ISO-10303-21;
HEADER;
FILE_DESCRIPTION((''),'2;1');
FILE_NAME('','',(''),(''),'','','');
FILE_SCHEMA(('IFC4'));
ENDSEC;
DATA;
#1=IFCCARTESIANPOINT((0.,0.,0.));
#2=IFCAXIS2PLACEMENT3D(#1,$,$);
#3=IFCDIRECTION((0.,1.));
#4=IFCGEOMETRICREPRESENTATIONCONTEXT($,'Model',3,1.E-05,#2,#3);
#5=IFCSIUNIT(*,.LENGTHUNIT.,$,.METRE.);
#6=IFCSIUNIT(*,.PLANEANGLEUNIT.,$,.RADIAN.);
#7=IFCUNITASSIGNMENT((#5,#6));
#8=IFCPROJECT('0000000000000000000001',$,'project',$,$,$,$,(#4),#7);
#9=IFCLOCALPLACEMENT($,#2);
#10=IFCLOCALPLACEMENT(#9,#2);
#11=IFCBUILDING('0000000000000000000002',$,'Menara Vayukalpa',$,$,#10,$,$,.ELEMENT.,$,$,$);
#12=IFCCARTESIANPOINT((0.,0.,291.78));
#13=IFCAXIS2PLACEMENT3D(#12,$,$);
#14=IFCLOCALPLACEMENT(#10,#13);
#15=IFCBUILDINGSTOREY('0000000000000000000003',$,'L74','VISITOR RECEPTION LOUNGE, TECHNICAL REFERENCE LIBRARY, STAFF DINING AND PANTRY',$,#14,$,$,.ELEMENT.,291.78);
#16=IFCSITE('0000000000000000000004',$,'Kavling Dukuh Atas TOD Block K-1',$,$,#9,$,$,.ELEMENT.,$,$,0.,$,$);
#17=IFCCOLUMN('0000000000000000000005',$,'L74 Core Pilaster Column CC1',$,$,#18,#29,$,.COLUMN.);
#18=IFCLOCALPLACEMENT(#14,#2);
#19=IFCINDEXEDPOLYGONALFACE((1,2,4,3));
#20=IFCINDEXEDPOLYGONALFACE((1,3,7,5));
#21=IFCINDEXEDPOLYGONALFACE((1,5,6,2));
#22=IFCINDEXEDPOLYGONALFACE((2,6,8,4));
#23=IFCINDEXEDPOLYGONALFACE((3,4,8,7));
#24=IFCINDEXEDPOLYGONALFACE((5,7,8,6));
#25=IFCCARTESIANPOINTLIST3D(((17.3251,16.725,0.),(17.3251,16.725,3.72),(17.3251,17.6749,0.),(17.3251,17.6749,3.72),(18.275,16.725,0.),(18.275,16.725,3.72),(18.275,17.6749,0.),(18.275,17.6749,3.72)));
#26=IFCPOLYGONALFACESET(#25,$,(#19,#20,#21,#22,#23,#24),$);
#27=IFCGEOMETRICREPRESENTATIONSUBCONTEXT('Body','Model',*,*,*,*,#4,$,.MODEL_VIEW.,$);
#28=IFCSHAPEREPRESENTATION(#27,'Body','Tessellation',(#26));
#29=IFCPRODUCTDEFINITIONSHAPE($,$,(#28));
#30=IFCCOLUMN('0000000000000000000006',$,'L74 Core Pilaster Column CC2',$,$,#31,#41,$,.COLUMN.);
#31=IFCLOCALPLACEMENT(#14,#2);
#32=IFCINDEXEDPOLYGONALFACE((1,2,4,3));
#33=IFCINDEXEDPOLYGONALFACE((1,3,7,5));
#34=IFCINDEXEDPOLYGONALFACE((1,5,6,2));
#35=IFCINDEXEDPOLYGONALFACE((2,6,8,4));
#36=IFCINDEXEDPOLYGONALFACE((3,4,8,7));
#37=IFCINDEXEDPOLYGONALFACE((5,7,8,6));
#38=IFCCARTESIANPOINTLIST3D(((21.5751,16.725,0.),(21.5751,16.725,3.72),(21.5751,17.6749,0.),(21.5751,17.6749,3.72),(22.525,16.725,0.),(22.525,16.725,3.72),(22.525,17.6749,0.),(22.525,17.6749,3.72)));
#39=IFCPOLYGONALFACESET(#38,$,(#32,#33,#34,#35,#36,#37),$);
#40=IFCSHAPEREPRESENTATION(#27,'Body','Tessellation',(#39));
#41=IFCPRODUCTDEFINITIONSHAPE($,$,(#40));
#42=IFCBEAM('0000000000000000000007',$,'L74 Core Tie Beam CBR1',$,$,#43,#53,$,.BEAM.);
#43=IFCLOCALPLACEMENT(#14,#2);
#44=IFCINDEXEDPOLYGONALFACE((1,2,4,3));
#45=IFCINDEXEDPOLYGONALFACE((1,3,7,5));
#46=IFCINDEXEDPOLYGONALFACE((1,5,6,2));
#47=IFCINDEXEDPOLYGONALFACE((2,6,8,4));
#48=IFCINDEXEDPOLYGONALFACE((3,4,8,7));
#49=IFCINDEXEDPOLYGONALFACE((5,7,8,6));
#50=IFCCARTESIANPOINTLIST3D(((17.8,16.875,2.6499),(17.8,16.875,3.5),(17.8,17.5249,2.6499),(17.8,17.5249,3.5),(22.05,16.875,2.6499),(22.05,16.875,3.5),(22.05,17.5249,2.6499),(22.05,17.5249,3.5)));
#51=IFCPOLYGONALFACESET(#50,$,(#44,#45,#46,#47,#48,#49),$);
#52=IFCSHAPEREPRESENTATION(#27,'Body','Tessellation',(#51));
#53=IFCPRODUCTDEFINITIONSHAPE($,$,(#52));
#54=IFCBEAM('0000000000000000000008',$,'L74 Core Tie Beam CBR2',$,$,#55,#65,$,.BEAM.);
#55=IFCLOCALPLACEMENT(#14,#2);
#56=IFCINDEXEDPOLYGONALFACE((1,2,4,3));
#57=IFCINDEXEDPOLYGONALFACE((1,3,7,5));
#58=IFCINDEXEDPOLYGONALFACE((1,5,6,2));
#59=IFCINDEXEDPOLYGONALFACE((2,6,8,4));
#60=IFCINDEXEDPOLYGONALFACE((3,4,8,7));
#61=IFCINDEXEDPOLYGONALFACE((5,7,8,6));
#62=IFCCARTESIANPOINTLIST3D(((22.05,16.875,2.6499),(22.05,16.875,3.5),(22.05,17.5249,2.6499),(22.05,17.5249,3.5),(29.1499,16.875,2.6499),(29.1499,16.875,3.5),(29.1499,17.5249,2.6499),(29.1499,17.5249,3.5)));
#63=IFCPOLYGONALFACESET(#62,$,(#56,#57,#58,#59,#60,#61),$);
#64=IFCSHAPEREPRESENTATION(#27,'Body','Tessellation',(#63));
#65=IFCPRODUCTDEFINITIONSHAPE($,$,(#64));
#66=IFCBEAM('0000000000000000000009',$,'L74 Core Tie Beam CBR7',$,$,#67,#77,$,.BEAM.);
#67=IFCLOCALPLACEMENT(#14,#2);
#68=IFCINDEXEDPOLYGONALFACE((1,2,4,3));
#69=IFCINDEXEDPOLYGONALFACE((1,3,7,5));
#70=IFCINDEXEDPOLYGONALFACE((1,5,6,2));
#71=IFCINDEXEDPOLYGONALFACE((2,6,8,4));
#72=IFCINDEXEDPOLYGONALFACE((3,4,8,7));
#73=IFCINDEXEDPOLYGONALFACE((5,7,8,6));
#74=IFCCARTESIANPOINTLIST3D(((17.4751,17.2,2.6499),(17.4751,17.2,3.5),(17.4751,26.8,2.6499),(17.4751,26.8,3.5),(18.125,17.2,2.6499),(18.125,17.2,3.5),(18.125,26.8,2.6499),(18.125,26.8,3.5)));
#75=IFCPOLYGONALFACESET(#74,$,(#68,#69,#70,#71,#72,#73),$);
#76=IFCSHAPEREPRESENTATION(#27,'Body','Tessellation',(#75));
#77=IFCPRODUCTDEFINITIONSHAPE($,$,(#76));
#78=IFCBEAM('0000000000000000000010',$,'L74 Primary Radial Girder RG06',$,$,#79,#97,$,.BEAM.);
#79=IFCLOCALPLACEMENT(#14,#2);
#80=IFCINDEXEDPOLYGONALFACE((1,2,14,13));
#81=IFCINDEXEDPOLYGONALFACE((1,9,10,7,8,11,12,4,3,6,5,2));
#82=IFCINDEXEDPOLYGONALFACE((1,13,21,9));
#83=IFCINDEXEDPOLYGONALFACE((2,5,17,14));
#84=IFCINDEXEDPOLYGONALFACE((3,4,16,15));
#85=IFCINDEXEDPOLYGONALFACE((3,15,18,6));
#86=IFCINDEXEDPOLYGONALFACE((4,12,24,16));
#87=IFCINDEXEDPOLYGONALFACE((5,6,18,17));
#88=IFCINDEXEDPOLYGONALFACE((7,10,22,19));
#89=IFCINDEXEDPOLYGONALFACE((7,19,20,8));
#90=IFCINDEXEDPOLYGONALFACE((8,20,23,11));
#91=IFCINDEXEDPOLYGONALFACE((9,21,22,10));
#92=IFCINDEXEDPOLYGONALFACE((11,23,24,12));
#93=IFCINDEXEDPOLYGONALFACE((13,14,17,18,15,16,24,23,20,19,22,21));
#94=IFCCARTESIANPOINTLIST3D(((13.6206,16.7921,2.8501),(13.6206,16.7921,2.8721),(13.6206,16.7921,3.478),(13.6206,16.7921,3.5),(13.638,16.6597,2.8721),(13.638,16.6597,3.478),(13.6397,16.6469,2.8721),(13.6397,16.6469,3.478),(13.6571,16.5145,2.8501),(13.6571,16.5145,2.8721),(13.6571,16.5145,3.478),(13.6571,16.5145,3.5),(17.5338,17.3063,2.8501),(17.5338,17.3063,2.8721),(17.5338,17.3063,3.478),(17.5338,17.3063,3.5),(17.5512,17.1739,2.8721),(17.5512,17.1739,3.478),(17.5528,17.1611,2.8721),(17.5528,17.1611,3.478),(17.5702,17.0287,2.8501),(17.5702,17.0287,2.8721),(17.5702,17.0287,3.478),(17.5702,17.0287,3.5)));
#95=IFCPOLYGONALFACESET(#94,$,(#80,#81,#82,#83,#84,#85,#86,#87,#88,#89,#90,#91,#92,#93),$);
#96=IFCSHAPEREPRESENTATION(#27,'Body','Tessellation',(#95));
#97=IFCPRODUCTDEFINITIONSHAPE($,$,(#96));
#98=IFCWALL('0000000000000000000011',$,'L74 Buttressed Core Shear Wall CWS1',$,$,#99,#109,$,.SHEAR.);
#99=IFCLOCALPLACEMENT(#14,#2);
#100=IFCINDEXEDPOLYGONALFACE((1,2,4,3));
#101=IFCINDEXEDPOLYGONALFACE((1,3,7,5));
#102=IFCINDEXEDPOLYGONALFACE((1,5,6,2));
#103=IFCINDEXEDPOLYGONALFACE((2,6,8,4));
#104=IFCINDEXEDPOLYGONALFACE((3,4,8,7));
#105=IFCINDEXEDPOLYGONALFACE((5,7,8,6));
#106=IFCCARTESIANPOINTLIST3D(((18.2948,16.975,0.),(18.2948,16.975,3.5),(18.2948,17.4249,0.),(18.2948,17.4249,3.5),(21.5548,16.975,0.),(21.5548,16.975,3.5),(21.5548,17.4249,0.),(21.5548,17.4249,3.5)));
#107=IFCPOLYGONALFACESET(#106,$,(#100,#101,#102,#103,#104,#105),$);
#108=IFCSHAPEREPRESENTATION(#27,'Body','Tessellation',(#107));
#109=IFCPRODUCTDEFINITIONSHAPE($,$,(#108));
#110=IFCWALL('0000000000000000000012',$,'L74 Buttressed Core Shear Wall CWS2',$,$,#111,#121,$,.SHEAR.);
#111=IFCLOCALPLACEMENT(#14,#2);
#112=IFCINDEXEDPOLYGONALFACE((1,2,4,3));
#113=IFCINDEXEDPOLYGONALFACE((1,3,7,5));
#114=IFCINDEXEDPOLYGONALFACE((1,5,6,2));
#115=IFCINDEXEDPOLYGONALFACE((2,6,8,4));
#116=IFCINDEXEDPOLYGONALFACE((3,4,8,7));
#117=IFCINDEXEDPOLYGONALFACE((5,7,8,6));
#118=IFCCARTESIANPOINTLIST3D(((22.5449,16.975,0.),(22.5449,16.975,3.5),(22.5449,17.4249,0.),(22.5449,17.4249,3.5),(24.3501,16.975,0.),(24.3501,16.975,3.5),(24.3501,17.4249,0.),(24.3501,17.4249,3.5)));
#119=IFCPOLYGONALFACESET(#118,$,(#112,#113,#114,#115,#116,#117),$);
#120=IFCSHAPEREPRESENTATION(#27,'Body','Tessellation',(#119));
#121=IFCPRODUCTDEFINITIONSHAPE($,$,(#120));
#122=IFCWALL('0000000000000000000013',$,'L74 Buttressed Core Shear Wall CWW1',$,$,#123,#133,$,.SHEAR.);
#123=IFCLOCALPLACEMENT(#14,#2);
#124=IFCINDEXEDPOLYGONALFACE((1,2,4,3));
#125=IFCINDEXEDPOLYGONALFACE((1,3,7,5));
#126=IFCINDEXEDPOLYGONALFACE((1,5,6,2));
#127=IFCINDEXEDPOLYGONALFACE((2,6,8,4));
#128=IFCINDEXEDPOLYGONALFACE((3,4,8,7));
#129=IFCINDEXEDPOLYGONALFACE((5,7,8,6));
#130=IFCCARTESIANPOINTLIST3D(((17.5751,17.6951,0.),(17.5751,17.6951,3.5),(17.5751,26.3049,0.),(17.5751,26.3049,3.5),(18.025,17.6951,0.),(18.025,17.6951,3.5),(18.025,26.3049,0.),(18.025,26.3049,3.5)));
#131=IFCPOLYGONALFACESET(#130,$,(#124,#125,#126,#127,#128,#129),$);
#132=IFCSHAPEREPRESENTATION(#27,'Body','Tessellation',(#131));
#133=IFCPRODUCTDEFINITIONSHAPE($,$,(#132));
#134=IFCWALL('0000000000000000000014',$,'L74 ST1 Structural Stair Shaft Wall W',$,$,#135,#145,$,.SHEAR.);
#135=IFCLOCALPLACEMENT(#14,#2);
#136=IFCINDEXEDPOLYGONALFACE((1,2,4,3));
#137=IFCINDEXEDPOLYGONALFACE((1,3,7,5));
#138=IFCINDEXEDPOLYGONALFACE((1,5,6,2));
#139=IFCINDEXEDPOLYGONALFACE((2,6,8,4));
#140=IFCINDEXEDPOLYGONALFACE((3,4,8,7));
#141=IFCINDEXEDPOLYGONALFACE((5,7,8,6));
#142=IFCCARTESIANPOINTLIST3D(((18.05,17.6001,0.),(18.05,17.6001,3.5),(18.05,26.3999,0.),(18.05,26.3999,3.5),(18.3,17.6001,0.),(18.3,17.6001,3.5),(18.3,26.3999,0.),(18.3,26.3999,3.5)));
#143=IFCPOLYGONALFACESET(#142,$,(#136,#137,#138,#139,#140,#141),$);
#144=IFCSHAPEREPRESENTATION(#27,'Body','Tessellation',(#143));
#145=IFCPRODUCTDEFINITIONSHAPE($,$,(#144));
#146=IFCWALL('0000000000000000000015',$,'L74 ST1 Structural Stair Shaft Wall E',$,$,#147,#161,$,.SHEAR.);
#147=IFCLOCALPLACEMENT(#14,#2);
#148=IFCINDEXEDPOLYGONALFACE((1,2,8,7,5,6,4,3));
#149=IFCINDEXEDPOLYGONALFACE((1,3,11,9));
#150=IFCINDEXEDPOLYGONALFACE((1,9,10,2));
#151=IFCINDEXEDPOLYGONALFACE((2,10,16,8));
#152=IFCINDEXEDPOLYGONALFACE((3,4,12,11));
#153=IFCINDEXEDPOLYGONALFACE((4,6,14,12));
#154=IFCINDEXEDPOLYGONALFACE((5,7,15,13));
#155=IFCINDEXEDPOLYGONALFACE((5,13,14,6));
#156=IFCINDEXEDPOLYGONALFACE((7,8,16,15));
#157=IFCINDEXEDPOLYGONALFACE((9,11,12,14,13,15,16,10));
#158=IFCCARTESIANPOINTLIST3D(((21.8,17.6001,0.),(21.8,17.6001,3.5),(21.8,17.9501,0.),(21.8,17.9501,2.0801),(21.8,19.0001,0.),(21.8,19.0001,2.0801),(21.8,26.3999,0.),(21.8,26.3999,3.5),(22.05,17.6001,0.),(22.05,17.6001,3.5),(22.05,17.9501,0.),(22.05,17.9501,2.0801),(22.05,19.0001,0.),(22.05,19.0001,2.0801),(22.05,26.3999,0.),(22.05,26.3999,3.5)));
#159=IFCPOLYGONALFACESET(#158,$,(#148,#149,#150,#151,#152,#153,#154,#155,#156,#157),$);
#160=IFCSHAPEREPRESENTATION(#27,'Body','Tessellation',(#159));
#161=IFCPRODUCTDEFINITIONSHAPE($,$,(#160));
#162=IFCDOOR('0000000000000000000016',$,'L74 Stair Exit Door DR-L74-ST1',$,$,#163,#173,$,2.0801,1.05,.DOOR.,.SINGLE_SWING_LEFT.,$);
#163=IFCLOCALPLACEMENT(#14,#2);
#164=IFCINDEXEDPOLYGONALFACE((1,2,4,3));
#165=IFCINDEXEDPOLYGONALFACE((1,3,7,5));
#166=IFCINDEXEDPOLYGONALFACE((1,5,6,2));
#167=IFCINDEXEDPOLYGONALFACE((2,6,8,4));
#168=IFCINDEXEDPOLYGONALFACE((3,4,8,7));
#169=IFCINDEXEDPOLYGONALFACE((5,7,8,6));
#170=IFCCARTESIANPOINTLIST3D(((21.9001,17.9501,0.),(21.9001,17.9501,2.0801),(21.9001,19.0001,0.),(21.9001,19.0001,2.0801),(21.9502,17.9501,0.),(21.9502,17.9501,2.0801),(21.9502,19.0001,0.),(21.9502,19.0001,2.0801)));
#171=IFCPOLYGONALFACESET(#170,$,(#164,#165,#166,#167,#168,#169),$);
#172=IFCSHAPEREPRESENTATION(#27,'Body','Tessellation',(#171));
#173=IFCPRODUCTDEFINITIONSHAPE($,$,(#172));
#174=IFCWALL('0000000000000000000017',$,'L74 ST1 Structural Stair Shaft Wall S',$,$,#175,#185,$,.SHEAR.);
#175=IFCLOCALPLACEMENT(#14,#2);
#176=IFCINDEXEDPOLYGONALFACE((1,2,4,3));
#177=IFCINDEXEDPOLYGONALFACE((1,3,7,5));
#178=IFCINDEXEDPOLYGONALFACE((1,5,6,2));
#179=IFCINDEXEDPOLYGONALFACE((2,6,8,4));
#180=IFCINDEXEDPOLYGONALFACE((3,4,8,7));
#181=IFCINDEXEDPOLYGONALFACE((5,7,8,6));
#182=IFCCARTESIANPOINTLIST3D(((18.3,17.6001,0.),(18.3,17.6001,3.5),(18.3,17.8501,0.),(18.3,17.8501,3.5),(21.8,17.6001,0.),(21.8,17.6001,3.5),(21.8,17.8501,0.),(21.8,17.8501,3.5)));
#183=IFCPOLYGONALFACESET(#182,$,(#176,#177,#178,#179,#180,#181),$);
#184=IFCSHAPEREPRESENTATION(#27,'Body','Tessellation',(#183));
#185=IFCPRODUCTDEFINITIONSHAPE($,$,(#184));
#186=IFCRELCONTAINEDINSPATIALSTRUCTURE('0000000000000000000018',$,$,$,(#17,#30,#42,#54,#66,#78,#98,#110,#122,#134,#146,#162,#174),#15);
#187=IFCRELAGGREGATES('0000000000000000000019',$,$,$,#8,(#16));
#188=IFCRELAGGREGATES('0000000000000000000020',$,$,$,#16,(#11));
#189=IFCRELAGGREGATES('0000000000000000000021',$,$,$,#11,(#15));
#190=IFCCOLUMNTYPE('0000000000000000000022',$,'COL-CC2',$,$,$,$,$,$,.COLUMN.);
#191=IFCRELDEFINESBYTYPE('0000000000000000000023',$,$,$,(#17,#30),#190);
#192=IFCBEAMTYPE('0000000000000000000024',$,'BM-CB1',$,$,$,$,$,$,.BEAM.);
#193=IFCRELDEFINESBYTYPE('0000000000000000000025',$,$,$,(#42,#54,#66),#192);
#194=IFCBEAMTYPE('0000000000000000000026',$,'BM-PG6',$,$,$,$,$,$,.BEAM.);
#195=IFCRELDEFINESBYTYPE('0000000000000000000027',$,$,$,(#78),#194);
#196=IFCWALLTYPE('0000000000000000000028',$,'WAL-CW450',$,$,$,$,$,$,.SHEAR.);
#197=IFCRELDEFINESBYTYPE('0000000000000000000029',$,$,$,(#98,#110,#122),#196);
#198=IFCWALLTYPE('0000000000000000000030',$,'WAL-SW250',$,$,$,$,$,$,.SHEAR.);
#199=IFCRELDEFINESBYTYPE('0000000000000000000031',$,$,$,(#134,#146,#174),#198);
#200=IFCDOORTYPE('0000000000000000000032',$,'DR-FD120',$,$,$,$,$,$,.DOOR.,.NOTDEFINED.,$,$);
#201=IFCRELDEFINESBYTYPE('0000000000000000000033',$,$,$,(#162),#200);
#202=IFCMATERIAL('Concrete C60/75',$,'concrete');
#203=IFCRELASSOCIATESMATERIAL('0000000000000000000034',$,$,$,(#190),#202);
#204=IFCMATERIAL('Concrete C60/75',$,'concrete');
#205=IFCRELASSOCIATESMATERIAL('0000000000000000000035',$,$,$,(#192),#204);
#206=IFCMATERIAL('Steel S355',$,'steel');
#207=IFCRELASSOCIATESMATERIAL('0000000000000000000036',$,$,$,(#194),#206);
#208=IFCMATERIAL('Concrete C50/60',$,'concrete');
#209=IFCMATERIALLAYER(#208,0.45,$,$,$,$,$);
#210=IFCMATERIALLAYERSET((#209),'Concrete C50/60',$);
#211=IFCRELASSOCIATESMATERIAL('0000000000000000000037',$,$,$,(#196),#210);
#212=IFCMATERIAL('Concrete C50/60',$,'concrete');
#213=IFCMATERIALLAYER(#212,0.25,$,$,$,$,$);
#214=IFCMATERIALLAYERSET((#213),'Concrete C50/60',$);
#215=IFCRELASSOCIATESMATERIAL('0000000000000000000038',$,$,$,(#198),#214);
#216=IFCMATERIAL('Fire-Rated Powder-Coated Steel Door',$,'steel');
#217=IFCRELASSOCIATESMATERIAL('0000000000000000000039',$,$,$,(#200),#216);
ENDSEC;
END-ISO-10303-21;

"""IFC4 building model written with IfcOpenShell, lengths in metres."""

from ifc_helpers import new_model, si_unit, direction, frame, frame_2d, origin, origin_2d, place, context, subcontext, project, spatial, rectangle, i_section, extrude, material, layer, layer_set, material_profile, profile_set, type_object, element, fill, save


model = new_model("IFC4")

# Units and contexts
model_context = context("Model", 3, precision=1e-05, world=origin(), true_north=direction((0.0, 1.0)))
body_context = subcontext(model_context, "Body", "Model", "MODEL_VIEW")
ifc_project = project(units=[si_unit("LENGTHUNIT", "METRE"), si_unit("PLANEANGLEUNIT", "RADIAN")], contexts=[model_context])

# Site, building, storey
site_placement = place(None, origin())
site = spatial("IfcSite", under=ifc_project, at=site_placement, Name="Kavling Dukuh Atas TOD Block K-1", CompositionType="ELEMENT", RefElevation=0.0)
building_placement = place(site_placement, origin())
building = spatial("IfcBuilding", under=site, at=building_placement, Name="Menara Vayukalpa", CompositionType="ELEMENT")
storey_placement = place(building_placement, frame((0.0, 0.0, 291.78)))
storey = spatial("IfcBuildingStorey", under=building, at=storey_placement, Name="L74", Description="VISITOR RECEPTION LOUNGE, TECHNICAL REFERENCE LIBRARY, STAFF DINING AND PANTRY", CompositionType="ELEMENT", Elevation=291.78)

# Columns
ifc_material_1 = material(Name="Concrete C60/75", Category="concrete")
ifc_material_profile_1 = material_profile(ifc_material_1, rectangle(XDim=0.95, YDim=0.95, at=origin_2d()), Name="RC 950x950")
ifc_profile_set_1 = profile_set([ifc_material_profile_1], Name="Concrete C60/75")
column_type = type_object("IfcColumnType", Name="COL-CC2", PredefinedType="COLUMN", material=ifc_profile_set_1)
for number, where, z_axis, x_axis, name in (
    (1, (17.8, 17.2, 0.0), (0.0, 0.0, 1.0), (1.0, 0.0, 0.0), "L74 Core Pilaster Column CC1"),
    (2, (22.05, 17.2, 0.0), (0.0, 0.0, 1.0), (1.0, 0.0, 0.0), "L74 Core Pilaster Column CC2"),
):
    element("IfcColumn", number, at=place(storey_placement, frame(where, z_axis=z_axis, x_axis=x_axis)), inside=storey, type_object=column_type, Name=name, PredefinedType="COLUMN", context=body_context, shape_type="SweptSolid", body=[
        extrude(rectangle(XDim=0.95, YDim=0.95, at=origin_2d()), origin(), (0.0, 0.0, 1.0), 3.72),
    ])

# Beams
ifc_material_2 = material(Name="Concrete C60/75", Category="concrete")
ifc_material_profile_2 = material_profile(ifc_material_2, rectangle(XDim=0.6499, YDim=0.8501, at=origin_2d()), Name="RC 650x850")
ifc_profile_set_2 = profile_set([ifc_material_profile_2], Name="Concrete C60/75")
beam_type_1 = type_object("IfcBeamType", Name="BM-CB1", PredefinedType="BEAM", material=ifc_profile_set_2)
beam_1_placement = place(storey_placement, frame((17.8, 17.2, 3.075), z_axis=(1.0, 0.0, 0.0), x_axis=(0.0, 1.0, 0.0)))
element("IfcBeam", 3, at=beam_1_placement, inside=storey, type_object=beam_type_1, Name="L74 Core Tie Beam CBR1", PredefinedType="BEAM", context=body_context, shape_type="SweptSolid", body=[
    extrude(rectangle(XDim=0.6499, YDim=0.8501, at=origin_2d()), origin(), (0.0, 0.0, 1.0), 4.25),
])
beam_2_placement = place(storey_placement, frame((22.05, 17.2, 3.075), z_axis=(1.0, 0.0, 0.0), x_axis=(0.0, 1.0, 0.0)))
element("IfcBeam", 4, at=beam_2_placement, inside=storey, type_object=beam_type_1, Name="L74 Core Tie Beam CBR2", PredefinedType="BEAM", context=body_context, shape_type="SweptSolid", body=[
    extrude(rectangle(XDim=0.6499, YDim=0.8501, at=origin_2d()), origin(), (0.0, 0.0, 1.0), 7.0999),
])
beam_3_placement = place(storey_placement, frame((17.8, 17.2, 3.075), z_axis=(0.0, 1.0, 0.0), x_axis=(-1.0, 0.0, 0.0)))
element("IfcBeam", 5, at=beam_3_placement, inside=storey, type_object=beam_type_1, Name="L74 Core Tie Beam CBR7", PredefinedType="BEAM", context=body_context, shape_type="SweptSolid", body=[
    extrude(rectangle(XDim=0.6499, YDim=0.8501, at=origin_2d()), origin(), (0.0, 0.0, 1.0), 9.6001),
])
ifc_material_3 = material(Name="Steel S355", Category="steel")
ifc_material_profile_3 = material_profile(ifc_material_3, i_section(OverallWidth=0.28, OverallDepth=0.6499, WebThickness=0.0129, FlangeThickness=0.022, at=origin_2d()), Name="WF 650x280x13x22")
ifc_profile_set_3 = profile_set([ifc_material_profile_3], Name="Steel S355")
beam_type_2 = type_object("IfcBeamType", Name="BM-PG6", PredefinedType="BEAM", material=ifc_profile_set_3)
beam_4_placement = place(storey_placement, frame((17.552, 17.1675, 3.175), z_axis=(-0.991478, -0.130275, 0.0), x_axis=(0.130275, -0.991478, 0.0)))
element("IfcBeam", 6, at=beam_4_placement, inside=storey, type_object=beam_type_2, Name="L74 Primary Radial Girder RG06", PredefinedType="BEAM", context=body_context, shape_type="SweptSolid", body=[
    extrude(i_section(OverallWidth=0.28, OverallDepth=0.6499, WebThickness=0.0129, FlangeThickness=0.022, at=origin_2d()), origin(), (0.0, 0.0, 1.0), 3.9468),
])

# Walls
ifc_material_4 = material(Name="Concrete C50/60", Category="concrete")
ifc_layer_1 = layer(ifc_material_4, 0.45)
ifc_layer_set_1 = layer_set([ifc_layer_1], Name="Concrete C50/60")
wall_type_1 = type_object("IfcWallType", Name="WAL-CW450", PredefinedType="SHEAR", material=ifc_layer_set_1)
wall_1_placement = place(storey_placement, frame((18.2949, 17.2, 0.0), z_axis=(0.0, 0.0, 1.0), x_axis=(1.0, 0.0, 0.0)))
element("IfcWall", 7, at=wall_1_placement, inside=storey, type_object=wall_type_1, Name="L74 Buttressed Core Shear Wall CWS1", PredefinedType="SHEAR", context=body_context, shape_type="SweptSolid", body=[
    extrude(rectangle(XDim=3.26, YDim=0.45, at=frame_2d((1.6299, 0.0))), origin(), (0.0, 0.0, 1.0), 3.5),
])
wall_2_placement = place(storey_placement, frame((22.5449, 17.2, 0.0), z_axis=(0.0, 0.0, 1.0), x_axis=(1.0, 0.0, 0.0)))
element("IfcWall", 8, at=wall_2_placement, inside=storey, type_object=wall_type_1, Name="L74 Buttressed Core Shear Wall CWS2", PredefinedType="SHEAR", context=body_context, shape_type="SweptSolid", body=[
    extrude(rectangle(XDim=1.8052, YDim=0.45, at=frame_2d((0.9026, 0.0))), origin(), (0.0, 0.0, 1.0), 3.5),
])
wall_3_placement = place(storey_placement, frame((17.8, 17.6951, 0.0), z_axis=(0.0, 0.0, 1.0), x_axis=(0.0, 1.0, 0.0)))
element("IfcWall", 9, at=wall_3_placement, inside=storey, type_object=wall_type_1, Name="L74 Buttressed Core Shear Wall CWW1", PredefinedType="SHEAR", context=body_context, shape_type="SweptSolid", body=[
    extrude(rectangle(XDim=8.6099, YDim=0.45, at=frame_2d((4.3049, 0.0))), origin(), (0.0, 0.0, 1.0), 3.5),
])
ifc_material_5 = material(Name="Concrete C50/60", Category="concrete")
ifc_layer_2 = layer(ifc_material_5, 0.25)
ifc_layer_set_2 = layer_set([ifc_layer_2], Name="Concrete C50/60")
wall_type_2 = type_object("IfcWallType", Name="WAL-SW250", PredefinedType="SHEAR", material=ifc_layer_set_2)
wall_4_placement = place(storey_placement, frame((18.175, 17.6001, 0.0), z_axis=(0.0, 0.0, 1.0), x_axis=(0.0, 1.0, 0.0)))
element("IfcWall", 10, at=wall_4_placement, inside=storey, type_object=wall_type_2, Name="L74 ST1 Structural Stair Shaft Wall W", PredefinedType="SHEAR", context=body_context, shape_type="SweptSolid", body=[
    extrude(rectangle(XDim=8.7998, YDim=0.25, at=frame_2d((4.3999, 0.0))), origin(), (0.0, 0.0, 1.0), 3.5),
])

# Wall, opening, door
wall_5_placement = place(storey_placement, frame((21.925, 17.6001, 0.0), z_axis=(0.0, 0.0, 1.0), x_axis=(0.0, 1.0, 0.0)))
wall_5 = element("IfcWall", 11, at=wall_5_placement, inside=storey, type_object=wall_type_2, Name="L74 ST1 Structural Stair Shaft Wall E", PredefinedType="SHEAR", context=body_context, shape_type="SweptSolid", body=[
    extrude(rectangle(XDim=8.7998, YDim=0.25, at=frame_2d((4.3999, 0.0))), origin(), (0.0, 0.0, 1.0), 3.5),
])
opening_placement = place(wall_5_placement, frame((0.3501, 0.0, 0.0)))
opening = element("IfcOpeningElement", 12, at=opening_placement, cuts=wall_5, PredefinedType="OPENING", context=body_context, shape_type="SweptSolid", body=[
    extrude(rectangle(XDim=1.05, YDim=2.0801, at=frame_2d((0.5249, 1.04))), frame((0.0, 0.135, 0.0), z_axis=(0.0, -1.0, 0.0), x_axis=(1.0, 0.0, 0.0)), (0.0, 0.0, 1.0), 0.27),
])
ifc_material_6 = material(Name="Fire-Rated Powder-Coated Steel Door", Category="steel")
door_type = type_object("IfcDoorType", Name="DR-FD120", OperationType="NOTDEFINED", PredefinedType="DOOR", material=ifc_material_6)
door_placement = place(opening_placement, origin())
door = element("IfcDoor", 13, at=door_placement, inside=storey, type_object=door_type, Name="L74 Stair Exit Door DR-L74-ST1", OperationType="SINGLE_SWING_LEFT", OverallHeight=2.0801, OverallWidth=1.05, PredefinedType="DOOR", context=body_context, shape_type="SweptSolid", body=[
    extrude(rectangle(XDim=1.05, YDim=2.0801, at=frame_2d((0.5249, 1.04))), frame((0.0, 0.0249, 0.0), z_axis=(0.0, -1.0, 0.0), x_axis=(1.0, 0.0, 0.0)), (0.0, 0.0, 1.0), 0.05),
])
fill(opening, door)

# Wall
wall_6_placement = place(storey_placement, frame((18.3, 17.7251, 0.0), z_axis=(0.0, 0.0, 1.0), x_axis=(1.0, 0.0, 0.0)))
element("IfcWall", 14, at=wall_6_placement, inside=storey, type_object=wall_type_2, Name="L74 ST1 Structural Stair Shaft Wall S", PredefinedType="SHEAR", context=body_context, shape_type="SweptSolid", body=[
    extrude(rectangle(XDim=3.5, YDim=0.25, at=frame_2d((1.75, 0.0))), origin(), (0.0, 0.0, 1.0), 3.5),
])

save(model, "model.ifc")
